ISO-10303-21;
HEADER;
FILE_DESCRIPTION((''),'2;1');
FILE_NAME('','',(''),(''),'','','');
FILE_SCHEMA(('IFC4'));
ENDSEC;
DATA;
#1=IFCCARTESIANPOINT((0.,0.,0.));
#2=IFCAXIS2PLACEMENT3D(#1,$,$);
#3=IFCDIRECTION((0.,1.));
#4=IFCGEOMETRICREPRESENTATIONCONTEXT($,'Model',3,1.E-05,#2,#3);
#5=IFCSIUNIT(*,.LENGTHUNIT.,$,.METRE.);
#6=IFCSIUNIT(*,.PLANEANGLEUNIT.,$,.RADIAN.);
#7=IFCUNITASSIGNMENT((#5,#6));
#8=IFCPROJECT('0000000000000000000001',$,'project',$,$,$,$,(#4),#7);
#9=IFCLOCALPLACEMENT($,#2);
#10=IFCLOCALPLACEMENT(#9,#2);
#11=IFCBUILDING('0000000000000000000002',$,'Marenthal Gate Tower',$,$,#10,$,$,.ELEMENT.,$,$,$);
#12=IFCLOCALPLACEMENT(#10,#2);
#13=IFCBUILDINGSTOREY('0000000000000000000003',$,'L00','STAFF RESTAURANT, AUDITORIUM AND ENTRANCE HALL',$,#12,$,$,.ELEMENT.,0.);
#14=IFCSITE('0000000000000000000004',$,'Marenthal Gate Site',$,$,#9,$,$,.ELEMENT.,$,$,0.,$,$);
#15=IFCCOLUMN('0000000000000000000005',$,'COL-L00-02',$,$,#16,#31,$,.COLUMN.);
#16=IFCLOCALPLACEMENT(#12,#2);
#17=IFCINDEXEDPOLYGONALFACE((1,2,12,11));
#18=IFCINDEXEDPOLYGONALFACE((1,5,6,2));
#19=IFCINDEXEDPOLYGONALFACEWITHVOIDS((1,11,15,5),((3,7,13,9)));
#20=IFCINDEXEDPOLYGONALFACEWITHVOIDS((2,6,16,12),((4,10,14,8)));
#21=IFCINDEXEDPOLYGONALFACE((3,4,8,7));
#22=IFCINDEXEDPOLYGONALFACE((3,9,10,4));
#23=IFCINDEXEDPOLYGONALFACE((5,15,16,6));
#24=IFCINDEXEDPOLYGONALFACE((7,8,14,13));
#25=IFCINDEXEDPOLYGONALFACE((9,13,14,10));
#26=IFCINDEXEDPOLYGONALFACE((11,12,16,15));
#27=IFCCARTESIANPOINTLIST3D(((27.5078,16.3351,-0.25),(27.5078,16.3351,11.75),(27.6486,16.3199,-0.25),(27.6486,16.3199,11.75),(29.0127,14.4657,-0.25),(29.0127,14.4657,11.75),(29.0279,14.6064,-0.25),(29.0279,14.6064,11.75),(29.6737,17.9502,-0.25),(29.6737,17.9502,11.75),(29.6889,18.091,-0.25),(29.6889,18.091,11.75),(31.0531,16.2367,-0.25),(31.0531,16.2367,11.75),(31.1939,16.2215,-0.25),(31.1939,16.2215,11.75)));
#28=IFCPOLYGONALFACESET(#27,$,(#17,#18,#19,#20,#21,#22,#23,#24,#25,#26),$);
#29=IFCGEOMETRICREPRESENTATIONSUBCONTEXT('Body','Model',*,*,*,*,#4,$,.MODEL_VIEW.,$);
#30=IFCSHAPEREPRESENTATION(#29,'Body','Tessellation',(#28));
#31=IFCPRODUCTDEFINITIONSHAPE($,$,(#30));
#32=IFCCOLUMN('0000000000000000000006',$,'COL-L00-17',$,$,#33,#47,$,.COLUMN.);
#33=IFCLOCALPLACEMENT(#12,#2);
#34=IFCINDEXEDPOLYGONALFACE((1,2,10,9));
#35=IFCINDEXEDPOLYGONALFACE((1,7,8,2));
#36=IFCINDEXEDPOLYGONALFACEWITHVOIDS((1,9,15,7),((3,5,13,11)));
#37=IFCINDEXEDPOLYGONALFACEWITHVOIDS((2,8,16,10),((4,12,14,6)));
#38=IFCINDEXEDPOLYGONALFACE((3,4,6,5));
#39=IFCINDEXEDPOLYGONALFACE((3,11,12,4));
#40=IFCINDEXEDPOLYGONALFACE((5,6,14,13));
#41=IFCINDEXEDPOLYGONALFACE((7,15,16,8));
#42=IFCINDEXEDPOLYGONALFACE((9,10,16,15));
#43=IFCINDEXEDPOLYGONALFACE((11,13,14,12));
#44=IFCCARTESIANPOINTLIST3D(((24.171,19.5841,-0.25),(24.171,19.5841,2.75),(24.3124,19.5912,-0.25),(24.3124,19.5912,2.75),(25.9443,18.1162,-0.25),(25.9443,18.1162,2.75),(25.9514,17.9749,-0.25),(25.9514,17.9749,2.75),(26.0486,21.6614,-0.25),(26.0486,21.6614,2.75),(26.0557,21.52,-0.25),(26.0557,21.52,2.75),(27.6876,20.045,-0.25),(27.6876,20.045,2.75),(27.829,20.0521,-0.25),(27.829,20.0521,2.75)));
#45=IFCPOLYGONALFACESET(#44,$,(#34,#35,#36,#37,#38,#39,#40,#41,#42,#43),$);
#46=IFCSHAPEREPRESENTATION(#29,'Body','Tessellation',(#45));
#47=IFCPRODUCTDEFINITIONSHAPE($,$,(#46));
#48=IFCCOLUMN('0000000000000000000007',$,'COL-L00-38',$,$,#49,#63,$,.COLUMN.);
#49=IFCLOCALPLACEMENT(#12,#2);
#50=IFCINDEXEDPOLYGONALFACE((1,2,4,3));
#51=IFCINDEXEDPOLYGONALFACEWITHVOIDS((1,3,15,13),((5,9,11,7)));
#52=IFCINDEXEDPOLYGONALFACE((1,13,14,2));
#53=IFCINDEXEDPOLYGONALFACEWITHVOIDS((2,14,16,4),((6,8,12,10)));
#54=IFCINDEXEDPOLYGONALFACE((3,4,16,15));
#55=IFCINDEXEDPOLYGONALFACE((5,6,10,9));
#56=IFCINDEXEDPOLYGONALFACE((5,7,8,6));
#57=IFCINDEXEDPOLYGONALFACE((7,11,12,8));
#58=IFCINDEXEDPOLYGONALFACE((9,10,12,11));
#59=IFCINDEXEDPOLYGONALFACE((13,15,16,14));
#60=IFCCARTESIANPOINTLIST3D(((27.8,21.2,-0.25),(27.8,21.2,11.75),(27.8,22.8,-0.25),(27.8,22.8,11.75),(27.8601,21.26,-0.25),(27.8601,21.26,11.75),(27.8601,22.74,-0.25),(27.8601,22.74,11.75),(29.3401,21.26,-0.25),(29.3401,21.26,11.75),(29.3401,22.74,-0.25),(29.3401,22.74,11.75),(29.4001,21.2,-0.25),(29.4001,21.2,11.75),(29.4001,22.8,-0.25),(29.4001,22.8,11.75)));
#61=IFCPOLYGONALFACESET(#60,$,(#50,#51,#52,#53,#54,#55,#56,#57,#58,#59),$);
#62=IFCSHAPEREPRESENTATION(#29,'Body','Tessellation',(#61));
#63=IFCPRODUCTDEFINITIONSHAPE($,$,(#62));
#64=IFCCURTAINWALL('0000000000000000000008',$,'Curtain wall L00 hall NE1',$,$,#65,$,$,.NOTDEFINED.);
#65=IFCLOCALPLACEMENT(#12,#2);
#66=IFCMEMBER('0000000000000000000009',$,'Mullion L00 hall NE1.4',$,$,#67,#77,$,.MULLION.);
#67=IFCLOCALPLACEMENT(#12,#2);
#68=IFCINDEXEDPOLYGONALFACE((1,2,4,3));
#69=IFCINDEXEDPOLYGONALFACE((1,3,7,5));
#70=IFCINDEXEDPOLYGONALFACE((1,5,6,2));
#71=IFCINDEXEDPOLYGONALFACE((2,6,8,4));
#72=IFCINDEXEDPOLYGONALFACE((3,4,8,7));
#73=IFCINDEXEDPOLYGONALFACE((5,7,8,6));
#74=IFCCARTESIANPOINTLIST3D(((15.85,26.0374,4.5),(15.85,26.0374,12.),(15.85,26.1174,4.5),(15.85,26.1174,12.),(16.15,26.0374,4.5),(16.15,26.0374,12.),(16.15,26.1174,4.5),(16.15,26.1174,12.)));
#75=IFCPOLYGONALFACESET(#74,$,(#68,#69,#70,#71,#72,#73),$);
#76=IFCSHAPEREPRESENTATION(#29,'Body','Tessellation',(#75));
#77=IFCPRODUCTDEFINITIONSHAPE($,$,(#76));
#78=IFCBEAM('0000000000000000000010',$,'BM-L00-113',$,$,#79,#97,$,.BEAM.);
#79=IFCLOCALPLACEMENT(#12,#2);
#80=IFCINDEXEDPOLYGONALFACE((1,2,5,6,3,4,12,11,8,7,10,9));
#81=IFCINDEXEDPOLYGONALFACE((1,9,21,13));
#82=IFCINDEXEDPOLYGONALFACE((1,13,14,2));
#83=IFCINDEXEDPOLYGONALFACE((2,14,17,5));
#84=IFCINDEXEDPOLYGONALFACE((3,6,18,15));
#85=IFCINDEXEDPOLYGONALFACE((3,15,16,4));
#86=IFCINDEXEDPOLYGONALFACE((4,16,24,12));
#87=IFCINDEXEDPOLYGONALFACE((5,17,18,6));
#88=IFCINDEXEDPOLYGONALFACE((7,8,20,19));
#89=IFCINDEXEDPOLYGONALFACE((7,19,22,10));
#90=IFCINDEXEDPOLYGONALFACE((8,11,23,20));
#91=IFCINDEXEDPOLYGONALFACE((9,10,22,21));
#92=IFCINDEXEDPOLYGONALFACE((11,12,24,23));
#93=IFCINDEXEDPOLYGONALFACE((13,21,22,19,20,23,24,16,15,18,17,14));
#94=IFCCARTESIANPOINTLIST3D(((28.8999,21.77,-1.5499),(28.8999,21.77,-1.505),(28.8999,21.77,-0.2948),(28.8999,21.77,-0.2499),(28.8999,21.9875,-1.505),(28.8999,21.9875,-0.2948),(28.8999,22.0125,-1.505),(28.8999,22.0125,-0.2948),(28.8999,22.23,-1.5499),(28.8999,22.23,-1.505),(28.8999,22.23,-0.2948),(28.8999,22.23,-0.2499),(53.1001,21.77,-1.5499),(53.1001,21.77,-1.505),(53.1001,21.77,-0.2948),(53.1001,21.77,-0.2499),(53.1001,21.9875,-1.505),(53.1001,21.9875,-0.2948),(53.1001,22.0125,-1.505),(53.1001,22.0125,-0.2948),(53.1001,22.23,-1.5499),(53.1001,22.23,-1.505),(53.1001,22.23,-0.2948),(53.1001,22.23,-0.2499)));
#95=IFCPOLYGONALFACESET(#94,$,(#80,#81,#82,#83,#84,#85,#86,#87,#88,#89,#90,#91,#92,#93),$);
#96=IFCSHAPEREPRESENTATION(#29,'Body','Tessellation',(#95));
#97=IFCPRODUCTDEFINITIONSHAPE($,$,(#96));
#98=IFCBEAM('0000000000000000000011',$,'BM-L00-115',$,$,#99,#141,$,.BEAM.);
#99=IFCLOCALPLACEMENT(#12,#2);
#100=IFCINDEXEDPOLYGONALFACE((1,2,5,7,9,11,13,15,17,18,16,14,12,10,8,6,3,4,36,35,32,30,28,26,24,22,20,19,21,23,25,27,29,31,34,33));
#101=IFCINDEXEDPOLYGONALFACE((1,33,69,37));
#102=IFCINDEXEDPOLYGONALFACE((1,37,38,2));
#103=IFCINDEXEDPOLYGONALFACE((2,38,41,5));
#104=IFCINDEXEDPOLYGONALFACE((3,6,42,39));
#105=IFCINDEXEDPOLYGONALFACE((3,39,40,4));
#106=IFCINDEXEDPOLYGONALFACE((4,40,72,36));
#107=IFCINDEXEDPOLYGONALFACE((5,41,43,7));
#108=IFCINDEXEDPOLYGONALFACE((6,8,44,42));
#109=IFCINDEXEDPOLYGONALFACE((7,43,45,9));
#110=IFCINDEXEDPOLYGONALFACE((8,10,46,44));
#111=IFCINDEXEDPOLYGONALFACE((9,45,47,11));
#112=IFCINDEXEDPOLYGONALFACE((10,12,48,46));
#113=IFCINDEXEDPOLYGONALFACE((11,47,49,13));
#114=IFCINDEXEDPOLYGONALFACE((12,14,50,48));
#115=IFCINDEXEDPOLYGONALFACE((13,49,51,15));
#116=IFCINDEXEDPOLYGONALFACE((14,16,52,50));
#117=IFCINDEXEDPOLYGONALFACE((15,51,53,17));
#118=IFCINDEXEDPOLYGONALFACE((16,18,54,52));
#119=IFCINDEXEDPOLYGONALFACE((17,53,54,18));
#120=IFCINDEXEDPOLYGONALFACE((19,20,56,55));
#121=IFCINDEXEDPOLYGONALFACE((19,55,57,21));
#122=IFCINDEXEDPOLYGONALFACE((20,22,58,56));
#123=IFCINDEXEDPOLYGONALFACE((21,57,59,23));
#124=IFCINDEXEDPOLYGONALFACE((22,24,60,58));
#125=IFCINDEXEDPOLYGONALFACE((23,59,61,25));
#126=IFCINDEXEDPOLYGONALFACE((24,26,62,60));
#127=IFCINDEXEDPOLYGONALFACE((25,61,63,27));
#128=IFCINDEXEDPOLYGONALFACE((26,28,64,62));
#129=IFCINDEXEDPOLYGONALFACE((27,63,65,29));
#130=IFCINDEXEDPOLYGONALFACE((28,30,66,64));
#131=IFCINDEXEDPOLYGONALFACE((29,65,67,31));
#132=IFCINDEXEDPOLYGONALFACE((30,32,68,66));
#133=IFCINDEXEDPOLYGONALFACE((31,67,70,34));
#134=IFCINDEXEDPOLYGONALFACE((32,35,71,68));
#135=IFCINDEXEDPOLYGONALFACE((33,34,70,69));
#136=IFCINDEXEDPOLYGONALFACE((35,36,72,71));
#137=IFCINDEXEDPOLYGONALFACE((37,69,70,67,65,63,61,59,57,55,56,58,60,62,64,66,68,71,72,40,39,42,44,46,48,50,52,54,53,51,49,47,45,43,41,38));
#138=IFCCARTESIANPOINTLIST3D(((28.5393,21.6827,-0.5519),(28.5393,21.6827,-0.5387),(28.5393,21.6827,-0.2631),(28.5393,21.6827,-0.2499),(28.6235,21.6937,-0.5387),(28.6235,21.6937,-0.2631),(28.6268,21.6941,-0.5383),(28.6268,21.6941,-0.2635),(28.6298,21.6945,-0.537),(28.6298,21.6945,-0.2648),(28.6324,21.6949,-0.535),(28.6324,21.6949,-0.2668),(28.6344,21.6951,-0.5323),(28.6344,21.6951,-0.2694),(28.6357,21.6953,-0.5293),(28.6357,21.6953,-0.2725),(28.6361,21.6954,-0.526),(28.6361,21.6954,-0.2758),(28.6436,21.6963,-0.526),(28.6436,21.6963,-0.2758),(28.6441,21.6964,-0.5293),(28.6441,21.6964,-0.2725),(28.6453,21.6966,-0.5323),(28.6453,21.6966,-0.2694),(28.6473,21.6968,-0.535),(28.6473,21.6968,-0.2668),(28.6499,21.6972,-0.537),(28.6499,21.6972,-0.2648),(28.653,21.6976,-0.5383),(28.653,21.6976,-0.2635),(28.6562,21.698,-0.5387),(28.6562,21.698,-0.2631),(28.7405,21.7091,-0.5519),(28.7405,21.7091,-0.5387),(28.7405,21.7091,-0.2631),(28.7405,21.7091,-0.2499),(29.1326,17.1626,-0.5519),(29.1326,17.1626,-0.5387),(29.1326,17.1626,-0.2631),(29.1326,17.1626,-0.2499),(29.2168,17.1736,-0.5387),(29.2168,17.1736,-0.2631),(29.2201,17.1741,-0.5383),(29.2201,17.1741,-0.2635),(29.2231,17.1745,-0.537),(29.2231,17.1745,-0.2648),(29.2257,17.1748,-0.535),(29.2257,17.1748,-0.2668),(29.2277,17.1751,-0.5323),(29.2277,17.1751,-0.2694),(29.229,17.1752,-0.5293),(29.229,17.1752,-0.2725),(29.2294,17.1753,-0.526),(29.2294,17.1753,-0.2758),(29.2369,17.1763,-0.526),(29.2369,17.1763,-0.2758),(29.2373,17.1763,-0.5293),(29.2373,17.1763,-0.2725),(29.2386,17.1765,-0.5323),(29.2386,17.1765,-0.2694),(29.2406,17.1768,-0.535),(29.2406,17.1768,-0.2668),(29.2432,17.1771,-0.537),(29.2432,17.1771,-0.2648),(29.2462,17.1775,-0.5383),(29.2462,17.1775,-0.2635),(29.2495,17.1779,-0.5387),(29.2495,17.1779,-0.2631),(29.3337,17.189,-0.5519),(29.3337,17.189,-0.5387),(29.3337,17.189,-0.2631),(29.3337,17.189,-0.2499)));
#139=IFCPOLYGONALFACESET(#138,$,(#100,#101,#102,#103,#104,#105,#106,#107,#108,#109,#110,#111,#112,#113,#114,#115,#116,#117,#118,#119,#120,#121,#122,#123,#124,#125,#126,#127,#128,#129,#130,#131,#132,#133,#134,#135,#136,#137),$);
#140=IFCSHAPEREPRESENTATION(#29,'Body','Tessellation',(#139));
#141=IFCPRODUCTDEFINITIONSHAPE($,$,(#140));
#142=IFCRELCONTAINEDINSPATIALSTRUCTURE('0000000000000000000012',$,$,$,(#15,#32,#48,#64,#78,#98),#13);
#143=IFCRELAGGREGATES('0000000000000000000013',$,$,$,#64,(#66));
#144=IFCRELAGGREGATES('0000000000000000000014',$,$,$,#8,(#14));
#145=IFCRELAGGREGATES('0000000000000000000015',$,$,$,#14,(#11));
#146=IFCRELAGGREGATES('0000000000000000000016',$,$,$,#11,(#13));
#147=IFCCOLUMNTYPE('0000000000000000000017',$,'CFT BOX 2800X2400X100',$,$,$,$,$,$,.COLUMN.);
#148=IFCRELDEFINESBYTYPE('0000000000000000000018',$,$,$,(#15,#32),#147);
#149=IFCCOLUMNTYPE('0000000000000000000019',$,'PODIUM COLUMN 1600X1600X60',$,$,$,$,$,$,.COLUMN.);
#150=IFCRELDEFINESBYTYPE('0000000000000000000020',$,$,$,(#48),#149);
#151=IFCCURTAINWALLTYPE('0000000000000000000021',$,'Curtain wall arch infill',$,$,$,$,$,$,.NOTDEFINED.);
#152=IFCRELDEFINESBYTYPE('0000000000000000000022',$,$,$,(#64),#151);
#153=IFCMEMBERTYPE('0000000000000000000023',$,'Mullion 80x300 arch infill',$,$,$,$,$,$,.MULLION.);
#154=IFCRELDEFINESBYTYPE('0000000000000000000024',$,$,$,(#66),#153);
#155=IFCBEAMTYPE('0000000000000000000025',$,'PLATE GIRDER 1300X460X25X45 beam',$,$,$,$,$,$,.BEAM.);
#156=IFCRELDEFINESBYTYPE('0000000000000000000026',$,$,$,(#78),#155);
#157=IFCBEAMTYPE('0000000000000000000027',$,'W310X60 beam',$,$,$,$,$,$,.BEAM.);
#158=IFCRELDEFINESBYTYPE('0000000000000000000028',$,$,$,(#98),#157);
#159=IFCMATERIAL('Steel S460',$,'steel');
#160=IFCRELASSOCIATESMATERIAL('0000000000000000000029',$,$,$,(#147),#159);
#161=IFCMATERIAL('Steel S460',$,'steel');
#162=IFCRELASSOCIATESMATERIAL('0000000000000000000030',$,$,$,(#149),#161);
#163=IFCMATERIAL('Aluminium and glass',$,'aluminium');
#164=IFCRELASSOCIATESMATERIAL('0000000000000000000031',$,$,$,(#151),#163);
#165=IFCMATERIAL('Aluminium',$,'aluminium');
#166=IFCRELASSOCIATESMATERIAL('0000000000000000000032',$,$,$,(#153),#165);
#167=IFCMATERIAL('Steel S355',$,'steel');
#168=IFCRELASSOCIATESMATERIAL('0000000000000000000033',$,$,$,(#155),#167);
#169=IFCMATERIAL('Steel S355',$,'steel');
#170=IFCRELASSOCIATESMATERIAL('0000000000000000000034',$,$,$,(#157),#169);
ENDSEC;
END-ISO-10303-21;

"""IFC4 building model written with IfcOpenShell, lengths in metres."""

from ifc_helpers import new_model, si_unit, direction, frame, origin, origin_2d, place, context, subcontext, project, spatial, rectangle, hollow_rectangle, i_section, extrude, material, material_profile, profile_set, type_object, element, aggregate, save


model = new_model("IFC4")

# Units and contexts
model_context = context("Model", 3, precision=1e-05, world=origin(), true_north=direction((0.0, 1.0)))
body_context = subcontext(model_context, "Body", "Model", "MODEL_VIEW")
ifc_project = project(units=[si_unit("LENGTHUNIT", "METRE"), si_unit("PLANEANGLEUNIT", "RADIAN")], contexts=[model_context])

# Site, building, storey
site_placement = place(None, origin())
site = spatial("IfcSite", under=ifc_project, at=site_placement, Name="Marenthal Gate Site", CompositionType="ELEMENT", RefElevation=0.0)
building_placement = place(site_placement, origin())
building = spatial("IfcBuilding", under=site, at=building_placement, Name="Marenthal Gate Tower", CompositionType="ELEMENT")
storey_placement = place(building_placement, origin())
storey = spatial("IfcBuildingStorey", under=building, at=storey_placement, Name="L00", Description="STAFF RESTAURANT, AUDITORIUM AND ENTRANCE HALL", CompositionType="ELEMENT", Elevation=0.0)

# Columns
ifc_material_1 = material(Name="Steel S460", Category="steel")
ifc_material_profile_1 = material_profile(ifc_material_1, hollow_rectangle(XDim=2.3999, YDim=2.8, WallThickness=0.1001, at=origin_2d()), Name="CFT BOX 2800X2400X100")
ifc_material_2 = material(Name="Concrete 70 MPa", Category="concrete")
ifc_material_profile_2 = material_profile(ifc_material_2, rectangle(XDim=2.2, YDim=2.6001, at=origin_2d()), Name="CFT BOX 2800X2400X100 INFILL")
ifc_profile_set_1 = profile_set([ifc_material_profile_1, ifc_material_profile_2], Name="Steel S460 shell, Concrete 70 MPa infill")
column_type_1 = type_object("IfcColumnType", Name="CFT BOX 2800X2400X100", PredefinedType="COLUMN", material=ifc_profile_set_1)
column_1_placement = place(storey_placement, frame((29.3508, 16.2783, -0.25), z_axis=(0.0, 0.0, 1.0), x_axis=(0.62707, -0.778963, 0.0)))
element("IfcColumn", 1, at=column_1_placement, inside=storey, type_object=column_type_1, Name="COL-L00-02", PredefinedType="COLUMN", context=body_context, shape_type="SweptSolid", body=[
    extrude(hollow_rectangle(XDim=2.3999, YDim=2.8, WallThickness=0.1001, at=origin_2d()), origin(), (0.0, 0.0, 1.0), 12.0),
])
column_2_placement = place(storey_placement, frame((26.0, 19.8181, -0.25), z_axis=(0.0, 0.0, 1.0), x_axis=(0.741874, -0.670539, 0.0)))
element("IfcColumn", 2, at=column_2_placement, inside=storey, type_object=column_type_1, Name="COL-L00-17", PredefinedType="COLUMN", context=body_context, shape_type="SweptSolid", body=[
    extrude(hollow_rectangle(XDim=2.3999, YDim=2.8, WallThickness=0.1001, at=origin_2d()), origin(), (0.0, 0.0, 1.0), 3.0),
])
ifc_material_3 = material(Name="Steel S460", Category="steel")
ifc_material_profile_3 = material_profile(ifc_material_3, hollow_rectangle(XDim=1.6001, YDim=1.6001, WallThickness=0.0601, at=origin_2d()), Name="CFT BOX 1600X1600X60")
ifc_material_4 = material(Name="Concrete 70 MPa", Category="concrete")
ifc_material_profile_4 = material_profile(ifc_material_4, rectangle(XDim=1.48, YDim=1.48, at=origin_2d()), Name="CFT BOX 1600X1600X60 INFILL")
ifc_profile_set_2 = profile_set([ifc_material_profile_3, ifc_material_profile_4], Name="Steel S460 shell, Concrete 70 MPa infill")
column_type_2 = type_object("IfcColumnType", Name="PODIUM COLUMN 1600X1600X60", PredefinedType="COLUMN", material=ifc_profile_set_2)
column_3_placement = place(storey_placement, frame((28.6001, 22.0, -0.25), z_axis=(0.0, 0.0, 1.0), x_axis=(1.0, 0.0, 0.0)))
element("IfcColumn", 3, at=column_3_placement, inside=storey, type_object=column_type_2, Name="COL-L00-38", PredefinedType="COLUMN", context=body_context, shape_type="SweptSolid", body=[
    extrude(hollow_rectangle(XDim=1.6001, YDim=1.6001, WallThickness=0.0601, at=origin_2d()), origin(), (0.0, 0.0, 1.0), 12.0),
])

# Curtain wall, member
ifc_material_5 = material(Name="Aluminium and glass", Category="aluminium")
curtain_wall_type = type_object("IfcCurtainWallType", Name="Curtain wall arch infill", PredefinedType="NOTDEFINED", material=ifc_material_5)
curtain_wall_placement = place(storey_placement, origin())
curtain_wall = element("IfcCurtainWall", 4, at=curtain_wall_placement, inside=storey, type_object=curtain_wall_type, Name="Curtain wall L00 hall NE1", PredefinedType="NOTDEFINED")
ifc_material_6 = material(Name="Aluminium", Category="aluminium")
ifc_material_profile_5 = material_profile(ifc_material_6, rectangle(XDim=0.3, YDim=0.0801, at=origin_2d()), Name="80x300 aluminium mullion")
ifc_profile_set_3 = profile_set([ifc_material_profile_5], Name="Aluminium")
member_type = type_object("IfcMemberType", Name="Mullion 80x300 arch infill", PredefinedType="MULLION", material=ifc_profile_set_3)
member_placement = place(storey_placement, frame((16.0, 26.0774, 4.5), z_axis=(0.0, 0.0, 1.0), x_axis=(-1.0, 0.0, 0.0)))
member = element("IfcMember", 5, at=member_placement, type_object=member_type, Name="Mullion L00 hall NE1.4", PredefinedType="MULLION", context=body_context, shape_type="SweptSolid", body=[
    extrude(rectangle(XDim=0.3, YDim=0.0801, at=origin_2d()), origin(), (0.0, 0.0, 1.0), 7.5),
])

# Beams
ifc_material_7 = material(Name="Steel S355", Category="steel")
ifc_material_profile_6 = material_profile(ifc_material_7, i_section(OverallWidth=0.46, OverallDepth=1.3, WebThickness=0.0249, FlangeThickness=0.0449, at=origin_2d()), Name="PLATE GIRDER 1300X460X25X45")
ifc_profile_set_4 = profile_set([ifc_material_profile_6], Name="Steel S355")
beam_type_1 = type_object("IfcBeamType", Name="PLATE GIRDER 1300X460X25X45 beam", PredefinedType="BEAM", material=ifc_profile_set_4)
beam_1_placement = place(storey_placement, frame((28.8999, 22.0, -0.8999), z_axis=(1.0, 0.0, 0.0), x_axis=(0.0, 1.0, 0.0)))
element("IfcBeam", 6, at=beam_1_placement, inside=storey, type_object=beam_type_1, Name="BM-L00-113", PredefinedType="BEAM", context=body_context, shape_type="SweptSolid", body=[
    extrude(i_section(OverallWidth=0.46, OverallDepth=1.3, WebThickness=0.0249, FlangeThickness=0.0449, at=origin_2d()), origin(), (0.0, 0.0, 1.0), 24.2002),
])
ifc_material_8 = material(Name="Steel S355", Category="steel")
ifc_material_profile_7 = material_profile(ifc_material_8, i_section(OverallWidth=0.2029, OverallDepth=0.302, WebThickness=0.0076, FlangeThickness=0.0132, FilletRadius=0.0127, at=origin_2d()), Name="W310X60")
ifc_profile_set_5 = profile_set([ifc_material_profile_7], Name="Steel S355")
beam_type_2 = type_object("IfcBeamType", Name="W310X60 beam", PredefinedType="BEAM", material=ifc_profile_set_5)
beam_2_placement = place(storey_placement, frame((29.2332, 17.1758, -0.4009), z_axis=(-0.130136, 0.991496, 0.0), x_axis=(-0.991496, -0.130136, 0.0)))
element("IfcBeam", 7, at=beam_2_placement, inside=storey, type_object=beam_type_2, Name="BM-L00-115", PredefinedType="BEAM", context=body_context, shape_type="SweptSolid", body=[
    extrude(i_section(OverallWidth=0.2029, OverallDepth=0.302, WebThickness=0.0076, FlangeThickness=0.0132, FilletRadius=0.0127, at=origin_2d()), origin(), (0.0, 0.0, 1.0), 4.5588),
])

aggregate(curtain_wall, [member])

save(model, "model.ifc")
